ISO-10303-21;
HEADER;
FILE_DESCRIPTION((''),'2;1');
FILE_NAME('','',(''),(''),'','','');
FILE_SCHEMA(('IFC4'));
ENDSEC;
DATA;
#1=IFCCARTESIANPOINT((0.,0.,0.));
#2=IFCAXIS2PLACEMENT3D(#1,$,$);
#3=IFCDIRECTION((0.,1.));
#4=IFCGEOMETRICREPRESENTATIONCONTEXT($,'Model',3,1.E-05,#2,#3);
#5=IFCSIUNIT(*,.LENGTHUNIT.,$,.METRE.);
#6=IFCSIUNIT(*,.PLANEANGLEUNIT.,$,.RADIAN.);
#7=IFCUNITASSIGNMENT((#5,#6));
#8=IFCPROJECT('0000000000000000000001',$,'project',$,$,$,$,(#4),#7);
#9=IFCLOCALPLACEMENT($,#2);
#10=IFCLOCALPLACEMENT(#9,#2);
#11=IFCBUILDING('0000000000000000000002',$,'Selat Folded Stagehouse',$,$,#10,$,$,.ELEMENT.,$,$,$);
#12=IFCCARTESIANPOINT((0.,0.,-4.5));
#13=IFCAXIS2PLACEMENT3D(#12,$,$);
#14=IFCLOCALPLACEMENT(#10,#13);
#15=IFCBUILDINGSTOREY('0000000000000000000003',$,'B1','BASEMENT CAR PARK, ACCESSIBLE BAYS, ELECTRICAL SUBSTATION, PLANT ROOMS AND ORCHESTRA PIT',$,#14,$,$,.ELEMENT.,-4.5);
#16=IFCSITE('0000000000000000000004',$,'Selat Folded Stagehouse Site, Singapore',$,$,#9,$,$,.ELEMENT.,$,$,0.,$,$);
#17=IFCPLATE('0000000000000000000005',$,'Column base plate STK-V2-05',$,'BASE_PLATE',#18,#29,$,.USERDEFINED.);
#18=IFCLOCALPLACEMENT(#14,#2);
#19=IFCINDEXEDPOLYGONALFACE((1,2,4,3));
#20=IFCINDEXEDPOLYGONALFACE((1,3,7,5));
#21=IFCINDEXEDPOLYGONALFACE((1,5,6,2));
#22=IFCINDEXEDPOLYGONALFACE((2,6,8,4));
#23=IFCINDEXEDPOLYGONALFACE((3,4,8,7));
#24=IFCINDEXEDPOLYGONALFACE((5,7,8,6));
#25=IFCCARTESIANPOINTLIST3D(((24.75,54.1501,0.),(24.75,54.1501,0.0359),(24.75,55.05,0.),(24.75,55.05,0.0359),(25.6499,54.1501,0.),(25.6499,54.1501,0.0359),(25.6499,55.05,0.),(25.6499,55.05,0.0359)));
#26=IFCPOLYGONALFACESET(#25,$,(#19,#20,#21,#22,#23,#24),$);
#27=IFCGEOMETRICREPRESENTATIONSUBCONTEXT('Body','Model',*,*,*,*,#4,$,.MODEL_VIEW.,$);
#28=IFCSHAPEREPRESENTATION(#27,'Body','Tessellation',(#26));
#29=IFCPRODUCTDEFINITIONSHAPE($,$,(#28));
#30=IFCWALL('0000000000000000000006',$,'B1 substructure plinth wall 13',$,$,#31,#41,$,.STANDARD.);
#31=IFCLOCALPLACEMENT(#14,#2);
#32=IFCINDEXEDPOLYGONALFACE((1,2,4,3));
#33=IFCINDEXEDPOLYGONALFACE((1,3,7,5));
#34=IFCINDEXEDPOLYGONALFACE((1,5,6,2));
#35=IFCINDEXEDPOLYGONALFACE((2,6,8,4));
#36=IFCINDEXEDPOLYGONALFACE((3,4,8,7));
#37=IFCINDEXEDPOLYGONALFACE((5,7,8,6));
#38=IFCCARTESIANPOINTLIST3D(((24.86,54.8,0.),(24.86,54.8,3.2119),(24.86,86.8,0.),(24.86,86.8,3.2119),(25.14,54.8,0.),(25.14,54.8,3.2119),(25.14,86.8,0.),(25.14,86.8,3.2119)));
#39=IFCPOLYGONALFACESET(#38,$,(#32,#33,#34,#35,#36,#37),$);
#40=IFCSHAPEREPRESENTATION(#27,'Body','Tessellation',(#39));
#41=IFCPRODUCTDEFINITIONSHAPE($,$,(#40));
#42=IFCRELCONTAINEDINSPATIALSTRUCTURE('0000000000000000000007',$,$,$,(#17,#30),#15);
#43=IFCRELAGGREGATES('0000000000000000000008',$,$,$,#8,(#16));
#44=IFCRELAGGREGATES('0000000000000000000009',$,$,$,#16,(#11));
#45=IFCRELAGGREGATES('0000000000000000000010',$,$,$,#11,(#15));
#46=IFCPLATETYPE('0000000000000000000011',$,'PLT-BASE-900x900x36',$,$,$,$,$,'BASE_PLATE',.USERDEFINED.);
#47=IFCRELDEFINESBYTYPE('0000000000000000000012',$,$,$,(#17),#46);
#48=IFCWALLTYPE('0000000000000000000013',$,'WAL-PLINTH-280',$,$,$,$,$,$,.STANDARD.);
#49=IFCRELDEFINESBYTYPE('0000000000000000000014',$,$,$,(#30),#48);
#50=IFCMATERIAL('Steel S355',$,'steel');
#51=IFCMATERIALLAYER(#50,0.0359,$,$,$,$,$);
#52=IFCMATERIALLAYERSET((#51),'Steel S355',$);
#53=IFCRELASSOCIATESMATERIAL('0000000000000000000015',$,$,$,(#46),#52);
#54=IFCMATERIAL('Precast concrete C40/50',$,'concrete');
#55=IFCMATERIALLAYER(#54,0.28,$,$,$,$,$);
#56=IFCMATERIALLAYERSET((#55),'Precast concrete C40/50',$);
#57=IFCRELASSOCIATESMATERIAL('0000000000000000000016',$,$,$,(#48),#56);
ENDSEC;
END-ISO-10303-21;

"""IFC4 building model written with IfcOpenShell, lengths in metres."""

from ifc_helpers import new_model, si_unit, direction, frame, frame_2d, origin, origin_2d, place, context, subcontext, project, spatial, rectangle, extrude, material, layer, layer_set, type_object, element, save


model = new_model("IFC4")

# Units and contexts
model_context = context("Model", 3, precision=1e-05, world=origin(), true_north=direction((0.0, 1.0)))
body_context = subcontext(model_context, "Body", "Model", "MODEL_VIEW")
ifc_project = project(units=[si_unit("LENGTHUNIT", "METRE"), si_unit("PLANEANGLEUNIT", "RADIAN")], contexts=[model_context])

# Site, building, storey
site_placement = place(None, origin())
site = spatial("IfcSite", under=ifc_project, at=site_placement, Name="Selat Folded Stagehouse Site, Singapore", CompositionType="ELEMENT", RefElevation=0.0)
building_placement = place(site_placement, origin())
building = spatial("IfcBuilding", under=site, at=building_placement, Name="Selat Folded Stagehouse", CompositionType="ELEMENT")
storey_placement = place(building_placement, frame((0.0, 0.0, -4.5)))
storey = spatial("IfcBuildingStorey", under=building, at=storey_placement, Name="B1", Description="BASEMENT CAR PARK, ACCESSIBLE BAYS, ELECTRICAL SUBSTATION, PLANT ROOMS AND ORCHESTRA PIT", CompositionType="ELEMENT", Elevation=-4.5)

# Shared definitions
ifc_material_1 = material(Name="Steel S355", Category="steel")

# Plate
ifc_layer_1 = layer(ifc_material_1, 0.0359)
ifc_layer_set_1 = layer_set([ifc_layer_1], Name="Steel S355")
plate_type_1 = type_object("IfcPlateType", Name="PLT-BASE-900x900x36", ElementType="BASE_PLATE", PredefinedType="USERDEFINED", material=ifc_layer_set_1)
plate_1_placement = place(storey_placement, frame((25.2, 54.6001, 0.0), z_axis=(0.0, 0.0, 1.0), x_axis=(1.0, 0.0, 0.0)))
element("IfcPlate", 1, at=plate_1_placement, inside=storey, type_object=plate_type_1, Name="Column base plate STK-V2-05", ObjectType="BASE_PLATE", PredefinedType="USERDEFINED", context=body_context, shape_type="SweptSolid", body=[
    extrude(rectangle(XDim=0.8999, YDim=0.8999, at=origin_2d()), origin(), (0.0, 0.0, 1.0), 0.0359),
])

# Wall
ifc_material_2 = material(Name="Precast concrete C40/50", Category="concrete")
ifc_layer_2 = layer(ifc_material_2, 0.28)
ifc_layer_set_2 = layer_set([ifc_layer_2], Name="Precast concrete C40/50")
wall_type = type_object("IfcWallType", Name="WAL-PLINTH-280", PredefinedType="STANDARD", material=ifc_layer_set_2)
wall_placement = place(storey_placement, frame((25.0, 54.8, 0.0), z_axis=(0.0, 0.0, 1.0), x_axis=(0.0, 1.0, 0.0)))
element("IfcWall", 2, at=wall_placement, inside=storey, type_object=wall_type, Name="B1 substructure plinth wall 13", PredefinedType="STANDARD", context=body_context, shape_type="SweptSolid", body=[
    extrude(rectangle(XDim=32.0, YDim=0.28, at=frame_2d((16.0, 0.0))), origin(), (0.0, 0.0, 1.0), 3.2119),
])

save(model, "model.ifc")
